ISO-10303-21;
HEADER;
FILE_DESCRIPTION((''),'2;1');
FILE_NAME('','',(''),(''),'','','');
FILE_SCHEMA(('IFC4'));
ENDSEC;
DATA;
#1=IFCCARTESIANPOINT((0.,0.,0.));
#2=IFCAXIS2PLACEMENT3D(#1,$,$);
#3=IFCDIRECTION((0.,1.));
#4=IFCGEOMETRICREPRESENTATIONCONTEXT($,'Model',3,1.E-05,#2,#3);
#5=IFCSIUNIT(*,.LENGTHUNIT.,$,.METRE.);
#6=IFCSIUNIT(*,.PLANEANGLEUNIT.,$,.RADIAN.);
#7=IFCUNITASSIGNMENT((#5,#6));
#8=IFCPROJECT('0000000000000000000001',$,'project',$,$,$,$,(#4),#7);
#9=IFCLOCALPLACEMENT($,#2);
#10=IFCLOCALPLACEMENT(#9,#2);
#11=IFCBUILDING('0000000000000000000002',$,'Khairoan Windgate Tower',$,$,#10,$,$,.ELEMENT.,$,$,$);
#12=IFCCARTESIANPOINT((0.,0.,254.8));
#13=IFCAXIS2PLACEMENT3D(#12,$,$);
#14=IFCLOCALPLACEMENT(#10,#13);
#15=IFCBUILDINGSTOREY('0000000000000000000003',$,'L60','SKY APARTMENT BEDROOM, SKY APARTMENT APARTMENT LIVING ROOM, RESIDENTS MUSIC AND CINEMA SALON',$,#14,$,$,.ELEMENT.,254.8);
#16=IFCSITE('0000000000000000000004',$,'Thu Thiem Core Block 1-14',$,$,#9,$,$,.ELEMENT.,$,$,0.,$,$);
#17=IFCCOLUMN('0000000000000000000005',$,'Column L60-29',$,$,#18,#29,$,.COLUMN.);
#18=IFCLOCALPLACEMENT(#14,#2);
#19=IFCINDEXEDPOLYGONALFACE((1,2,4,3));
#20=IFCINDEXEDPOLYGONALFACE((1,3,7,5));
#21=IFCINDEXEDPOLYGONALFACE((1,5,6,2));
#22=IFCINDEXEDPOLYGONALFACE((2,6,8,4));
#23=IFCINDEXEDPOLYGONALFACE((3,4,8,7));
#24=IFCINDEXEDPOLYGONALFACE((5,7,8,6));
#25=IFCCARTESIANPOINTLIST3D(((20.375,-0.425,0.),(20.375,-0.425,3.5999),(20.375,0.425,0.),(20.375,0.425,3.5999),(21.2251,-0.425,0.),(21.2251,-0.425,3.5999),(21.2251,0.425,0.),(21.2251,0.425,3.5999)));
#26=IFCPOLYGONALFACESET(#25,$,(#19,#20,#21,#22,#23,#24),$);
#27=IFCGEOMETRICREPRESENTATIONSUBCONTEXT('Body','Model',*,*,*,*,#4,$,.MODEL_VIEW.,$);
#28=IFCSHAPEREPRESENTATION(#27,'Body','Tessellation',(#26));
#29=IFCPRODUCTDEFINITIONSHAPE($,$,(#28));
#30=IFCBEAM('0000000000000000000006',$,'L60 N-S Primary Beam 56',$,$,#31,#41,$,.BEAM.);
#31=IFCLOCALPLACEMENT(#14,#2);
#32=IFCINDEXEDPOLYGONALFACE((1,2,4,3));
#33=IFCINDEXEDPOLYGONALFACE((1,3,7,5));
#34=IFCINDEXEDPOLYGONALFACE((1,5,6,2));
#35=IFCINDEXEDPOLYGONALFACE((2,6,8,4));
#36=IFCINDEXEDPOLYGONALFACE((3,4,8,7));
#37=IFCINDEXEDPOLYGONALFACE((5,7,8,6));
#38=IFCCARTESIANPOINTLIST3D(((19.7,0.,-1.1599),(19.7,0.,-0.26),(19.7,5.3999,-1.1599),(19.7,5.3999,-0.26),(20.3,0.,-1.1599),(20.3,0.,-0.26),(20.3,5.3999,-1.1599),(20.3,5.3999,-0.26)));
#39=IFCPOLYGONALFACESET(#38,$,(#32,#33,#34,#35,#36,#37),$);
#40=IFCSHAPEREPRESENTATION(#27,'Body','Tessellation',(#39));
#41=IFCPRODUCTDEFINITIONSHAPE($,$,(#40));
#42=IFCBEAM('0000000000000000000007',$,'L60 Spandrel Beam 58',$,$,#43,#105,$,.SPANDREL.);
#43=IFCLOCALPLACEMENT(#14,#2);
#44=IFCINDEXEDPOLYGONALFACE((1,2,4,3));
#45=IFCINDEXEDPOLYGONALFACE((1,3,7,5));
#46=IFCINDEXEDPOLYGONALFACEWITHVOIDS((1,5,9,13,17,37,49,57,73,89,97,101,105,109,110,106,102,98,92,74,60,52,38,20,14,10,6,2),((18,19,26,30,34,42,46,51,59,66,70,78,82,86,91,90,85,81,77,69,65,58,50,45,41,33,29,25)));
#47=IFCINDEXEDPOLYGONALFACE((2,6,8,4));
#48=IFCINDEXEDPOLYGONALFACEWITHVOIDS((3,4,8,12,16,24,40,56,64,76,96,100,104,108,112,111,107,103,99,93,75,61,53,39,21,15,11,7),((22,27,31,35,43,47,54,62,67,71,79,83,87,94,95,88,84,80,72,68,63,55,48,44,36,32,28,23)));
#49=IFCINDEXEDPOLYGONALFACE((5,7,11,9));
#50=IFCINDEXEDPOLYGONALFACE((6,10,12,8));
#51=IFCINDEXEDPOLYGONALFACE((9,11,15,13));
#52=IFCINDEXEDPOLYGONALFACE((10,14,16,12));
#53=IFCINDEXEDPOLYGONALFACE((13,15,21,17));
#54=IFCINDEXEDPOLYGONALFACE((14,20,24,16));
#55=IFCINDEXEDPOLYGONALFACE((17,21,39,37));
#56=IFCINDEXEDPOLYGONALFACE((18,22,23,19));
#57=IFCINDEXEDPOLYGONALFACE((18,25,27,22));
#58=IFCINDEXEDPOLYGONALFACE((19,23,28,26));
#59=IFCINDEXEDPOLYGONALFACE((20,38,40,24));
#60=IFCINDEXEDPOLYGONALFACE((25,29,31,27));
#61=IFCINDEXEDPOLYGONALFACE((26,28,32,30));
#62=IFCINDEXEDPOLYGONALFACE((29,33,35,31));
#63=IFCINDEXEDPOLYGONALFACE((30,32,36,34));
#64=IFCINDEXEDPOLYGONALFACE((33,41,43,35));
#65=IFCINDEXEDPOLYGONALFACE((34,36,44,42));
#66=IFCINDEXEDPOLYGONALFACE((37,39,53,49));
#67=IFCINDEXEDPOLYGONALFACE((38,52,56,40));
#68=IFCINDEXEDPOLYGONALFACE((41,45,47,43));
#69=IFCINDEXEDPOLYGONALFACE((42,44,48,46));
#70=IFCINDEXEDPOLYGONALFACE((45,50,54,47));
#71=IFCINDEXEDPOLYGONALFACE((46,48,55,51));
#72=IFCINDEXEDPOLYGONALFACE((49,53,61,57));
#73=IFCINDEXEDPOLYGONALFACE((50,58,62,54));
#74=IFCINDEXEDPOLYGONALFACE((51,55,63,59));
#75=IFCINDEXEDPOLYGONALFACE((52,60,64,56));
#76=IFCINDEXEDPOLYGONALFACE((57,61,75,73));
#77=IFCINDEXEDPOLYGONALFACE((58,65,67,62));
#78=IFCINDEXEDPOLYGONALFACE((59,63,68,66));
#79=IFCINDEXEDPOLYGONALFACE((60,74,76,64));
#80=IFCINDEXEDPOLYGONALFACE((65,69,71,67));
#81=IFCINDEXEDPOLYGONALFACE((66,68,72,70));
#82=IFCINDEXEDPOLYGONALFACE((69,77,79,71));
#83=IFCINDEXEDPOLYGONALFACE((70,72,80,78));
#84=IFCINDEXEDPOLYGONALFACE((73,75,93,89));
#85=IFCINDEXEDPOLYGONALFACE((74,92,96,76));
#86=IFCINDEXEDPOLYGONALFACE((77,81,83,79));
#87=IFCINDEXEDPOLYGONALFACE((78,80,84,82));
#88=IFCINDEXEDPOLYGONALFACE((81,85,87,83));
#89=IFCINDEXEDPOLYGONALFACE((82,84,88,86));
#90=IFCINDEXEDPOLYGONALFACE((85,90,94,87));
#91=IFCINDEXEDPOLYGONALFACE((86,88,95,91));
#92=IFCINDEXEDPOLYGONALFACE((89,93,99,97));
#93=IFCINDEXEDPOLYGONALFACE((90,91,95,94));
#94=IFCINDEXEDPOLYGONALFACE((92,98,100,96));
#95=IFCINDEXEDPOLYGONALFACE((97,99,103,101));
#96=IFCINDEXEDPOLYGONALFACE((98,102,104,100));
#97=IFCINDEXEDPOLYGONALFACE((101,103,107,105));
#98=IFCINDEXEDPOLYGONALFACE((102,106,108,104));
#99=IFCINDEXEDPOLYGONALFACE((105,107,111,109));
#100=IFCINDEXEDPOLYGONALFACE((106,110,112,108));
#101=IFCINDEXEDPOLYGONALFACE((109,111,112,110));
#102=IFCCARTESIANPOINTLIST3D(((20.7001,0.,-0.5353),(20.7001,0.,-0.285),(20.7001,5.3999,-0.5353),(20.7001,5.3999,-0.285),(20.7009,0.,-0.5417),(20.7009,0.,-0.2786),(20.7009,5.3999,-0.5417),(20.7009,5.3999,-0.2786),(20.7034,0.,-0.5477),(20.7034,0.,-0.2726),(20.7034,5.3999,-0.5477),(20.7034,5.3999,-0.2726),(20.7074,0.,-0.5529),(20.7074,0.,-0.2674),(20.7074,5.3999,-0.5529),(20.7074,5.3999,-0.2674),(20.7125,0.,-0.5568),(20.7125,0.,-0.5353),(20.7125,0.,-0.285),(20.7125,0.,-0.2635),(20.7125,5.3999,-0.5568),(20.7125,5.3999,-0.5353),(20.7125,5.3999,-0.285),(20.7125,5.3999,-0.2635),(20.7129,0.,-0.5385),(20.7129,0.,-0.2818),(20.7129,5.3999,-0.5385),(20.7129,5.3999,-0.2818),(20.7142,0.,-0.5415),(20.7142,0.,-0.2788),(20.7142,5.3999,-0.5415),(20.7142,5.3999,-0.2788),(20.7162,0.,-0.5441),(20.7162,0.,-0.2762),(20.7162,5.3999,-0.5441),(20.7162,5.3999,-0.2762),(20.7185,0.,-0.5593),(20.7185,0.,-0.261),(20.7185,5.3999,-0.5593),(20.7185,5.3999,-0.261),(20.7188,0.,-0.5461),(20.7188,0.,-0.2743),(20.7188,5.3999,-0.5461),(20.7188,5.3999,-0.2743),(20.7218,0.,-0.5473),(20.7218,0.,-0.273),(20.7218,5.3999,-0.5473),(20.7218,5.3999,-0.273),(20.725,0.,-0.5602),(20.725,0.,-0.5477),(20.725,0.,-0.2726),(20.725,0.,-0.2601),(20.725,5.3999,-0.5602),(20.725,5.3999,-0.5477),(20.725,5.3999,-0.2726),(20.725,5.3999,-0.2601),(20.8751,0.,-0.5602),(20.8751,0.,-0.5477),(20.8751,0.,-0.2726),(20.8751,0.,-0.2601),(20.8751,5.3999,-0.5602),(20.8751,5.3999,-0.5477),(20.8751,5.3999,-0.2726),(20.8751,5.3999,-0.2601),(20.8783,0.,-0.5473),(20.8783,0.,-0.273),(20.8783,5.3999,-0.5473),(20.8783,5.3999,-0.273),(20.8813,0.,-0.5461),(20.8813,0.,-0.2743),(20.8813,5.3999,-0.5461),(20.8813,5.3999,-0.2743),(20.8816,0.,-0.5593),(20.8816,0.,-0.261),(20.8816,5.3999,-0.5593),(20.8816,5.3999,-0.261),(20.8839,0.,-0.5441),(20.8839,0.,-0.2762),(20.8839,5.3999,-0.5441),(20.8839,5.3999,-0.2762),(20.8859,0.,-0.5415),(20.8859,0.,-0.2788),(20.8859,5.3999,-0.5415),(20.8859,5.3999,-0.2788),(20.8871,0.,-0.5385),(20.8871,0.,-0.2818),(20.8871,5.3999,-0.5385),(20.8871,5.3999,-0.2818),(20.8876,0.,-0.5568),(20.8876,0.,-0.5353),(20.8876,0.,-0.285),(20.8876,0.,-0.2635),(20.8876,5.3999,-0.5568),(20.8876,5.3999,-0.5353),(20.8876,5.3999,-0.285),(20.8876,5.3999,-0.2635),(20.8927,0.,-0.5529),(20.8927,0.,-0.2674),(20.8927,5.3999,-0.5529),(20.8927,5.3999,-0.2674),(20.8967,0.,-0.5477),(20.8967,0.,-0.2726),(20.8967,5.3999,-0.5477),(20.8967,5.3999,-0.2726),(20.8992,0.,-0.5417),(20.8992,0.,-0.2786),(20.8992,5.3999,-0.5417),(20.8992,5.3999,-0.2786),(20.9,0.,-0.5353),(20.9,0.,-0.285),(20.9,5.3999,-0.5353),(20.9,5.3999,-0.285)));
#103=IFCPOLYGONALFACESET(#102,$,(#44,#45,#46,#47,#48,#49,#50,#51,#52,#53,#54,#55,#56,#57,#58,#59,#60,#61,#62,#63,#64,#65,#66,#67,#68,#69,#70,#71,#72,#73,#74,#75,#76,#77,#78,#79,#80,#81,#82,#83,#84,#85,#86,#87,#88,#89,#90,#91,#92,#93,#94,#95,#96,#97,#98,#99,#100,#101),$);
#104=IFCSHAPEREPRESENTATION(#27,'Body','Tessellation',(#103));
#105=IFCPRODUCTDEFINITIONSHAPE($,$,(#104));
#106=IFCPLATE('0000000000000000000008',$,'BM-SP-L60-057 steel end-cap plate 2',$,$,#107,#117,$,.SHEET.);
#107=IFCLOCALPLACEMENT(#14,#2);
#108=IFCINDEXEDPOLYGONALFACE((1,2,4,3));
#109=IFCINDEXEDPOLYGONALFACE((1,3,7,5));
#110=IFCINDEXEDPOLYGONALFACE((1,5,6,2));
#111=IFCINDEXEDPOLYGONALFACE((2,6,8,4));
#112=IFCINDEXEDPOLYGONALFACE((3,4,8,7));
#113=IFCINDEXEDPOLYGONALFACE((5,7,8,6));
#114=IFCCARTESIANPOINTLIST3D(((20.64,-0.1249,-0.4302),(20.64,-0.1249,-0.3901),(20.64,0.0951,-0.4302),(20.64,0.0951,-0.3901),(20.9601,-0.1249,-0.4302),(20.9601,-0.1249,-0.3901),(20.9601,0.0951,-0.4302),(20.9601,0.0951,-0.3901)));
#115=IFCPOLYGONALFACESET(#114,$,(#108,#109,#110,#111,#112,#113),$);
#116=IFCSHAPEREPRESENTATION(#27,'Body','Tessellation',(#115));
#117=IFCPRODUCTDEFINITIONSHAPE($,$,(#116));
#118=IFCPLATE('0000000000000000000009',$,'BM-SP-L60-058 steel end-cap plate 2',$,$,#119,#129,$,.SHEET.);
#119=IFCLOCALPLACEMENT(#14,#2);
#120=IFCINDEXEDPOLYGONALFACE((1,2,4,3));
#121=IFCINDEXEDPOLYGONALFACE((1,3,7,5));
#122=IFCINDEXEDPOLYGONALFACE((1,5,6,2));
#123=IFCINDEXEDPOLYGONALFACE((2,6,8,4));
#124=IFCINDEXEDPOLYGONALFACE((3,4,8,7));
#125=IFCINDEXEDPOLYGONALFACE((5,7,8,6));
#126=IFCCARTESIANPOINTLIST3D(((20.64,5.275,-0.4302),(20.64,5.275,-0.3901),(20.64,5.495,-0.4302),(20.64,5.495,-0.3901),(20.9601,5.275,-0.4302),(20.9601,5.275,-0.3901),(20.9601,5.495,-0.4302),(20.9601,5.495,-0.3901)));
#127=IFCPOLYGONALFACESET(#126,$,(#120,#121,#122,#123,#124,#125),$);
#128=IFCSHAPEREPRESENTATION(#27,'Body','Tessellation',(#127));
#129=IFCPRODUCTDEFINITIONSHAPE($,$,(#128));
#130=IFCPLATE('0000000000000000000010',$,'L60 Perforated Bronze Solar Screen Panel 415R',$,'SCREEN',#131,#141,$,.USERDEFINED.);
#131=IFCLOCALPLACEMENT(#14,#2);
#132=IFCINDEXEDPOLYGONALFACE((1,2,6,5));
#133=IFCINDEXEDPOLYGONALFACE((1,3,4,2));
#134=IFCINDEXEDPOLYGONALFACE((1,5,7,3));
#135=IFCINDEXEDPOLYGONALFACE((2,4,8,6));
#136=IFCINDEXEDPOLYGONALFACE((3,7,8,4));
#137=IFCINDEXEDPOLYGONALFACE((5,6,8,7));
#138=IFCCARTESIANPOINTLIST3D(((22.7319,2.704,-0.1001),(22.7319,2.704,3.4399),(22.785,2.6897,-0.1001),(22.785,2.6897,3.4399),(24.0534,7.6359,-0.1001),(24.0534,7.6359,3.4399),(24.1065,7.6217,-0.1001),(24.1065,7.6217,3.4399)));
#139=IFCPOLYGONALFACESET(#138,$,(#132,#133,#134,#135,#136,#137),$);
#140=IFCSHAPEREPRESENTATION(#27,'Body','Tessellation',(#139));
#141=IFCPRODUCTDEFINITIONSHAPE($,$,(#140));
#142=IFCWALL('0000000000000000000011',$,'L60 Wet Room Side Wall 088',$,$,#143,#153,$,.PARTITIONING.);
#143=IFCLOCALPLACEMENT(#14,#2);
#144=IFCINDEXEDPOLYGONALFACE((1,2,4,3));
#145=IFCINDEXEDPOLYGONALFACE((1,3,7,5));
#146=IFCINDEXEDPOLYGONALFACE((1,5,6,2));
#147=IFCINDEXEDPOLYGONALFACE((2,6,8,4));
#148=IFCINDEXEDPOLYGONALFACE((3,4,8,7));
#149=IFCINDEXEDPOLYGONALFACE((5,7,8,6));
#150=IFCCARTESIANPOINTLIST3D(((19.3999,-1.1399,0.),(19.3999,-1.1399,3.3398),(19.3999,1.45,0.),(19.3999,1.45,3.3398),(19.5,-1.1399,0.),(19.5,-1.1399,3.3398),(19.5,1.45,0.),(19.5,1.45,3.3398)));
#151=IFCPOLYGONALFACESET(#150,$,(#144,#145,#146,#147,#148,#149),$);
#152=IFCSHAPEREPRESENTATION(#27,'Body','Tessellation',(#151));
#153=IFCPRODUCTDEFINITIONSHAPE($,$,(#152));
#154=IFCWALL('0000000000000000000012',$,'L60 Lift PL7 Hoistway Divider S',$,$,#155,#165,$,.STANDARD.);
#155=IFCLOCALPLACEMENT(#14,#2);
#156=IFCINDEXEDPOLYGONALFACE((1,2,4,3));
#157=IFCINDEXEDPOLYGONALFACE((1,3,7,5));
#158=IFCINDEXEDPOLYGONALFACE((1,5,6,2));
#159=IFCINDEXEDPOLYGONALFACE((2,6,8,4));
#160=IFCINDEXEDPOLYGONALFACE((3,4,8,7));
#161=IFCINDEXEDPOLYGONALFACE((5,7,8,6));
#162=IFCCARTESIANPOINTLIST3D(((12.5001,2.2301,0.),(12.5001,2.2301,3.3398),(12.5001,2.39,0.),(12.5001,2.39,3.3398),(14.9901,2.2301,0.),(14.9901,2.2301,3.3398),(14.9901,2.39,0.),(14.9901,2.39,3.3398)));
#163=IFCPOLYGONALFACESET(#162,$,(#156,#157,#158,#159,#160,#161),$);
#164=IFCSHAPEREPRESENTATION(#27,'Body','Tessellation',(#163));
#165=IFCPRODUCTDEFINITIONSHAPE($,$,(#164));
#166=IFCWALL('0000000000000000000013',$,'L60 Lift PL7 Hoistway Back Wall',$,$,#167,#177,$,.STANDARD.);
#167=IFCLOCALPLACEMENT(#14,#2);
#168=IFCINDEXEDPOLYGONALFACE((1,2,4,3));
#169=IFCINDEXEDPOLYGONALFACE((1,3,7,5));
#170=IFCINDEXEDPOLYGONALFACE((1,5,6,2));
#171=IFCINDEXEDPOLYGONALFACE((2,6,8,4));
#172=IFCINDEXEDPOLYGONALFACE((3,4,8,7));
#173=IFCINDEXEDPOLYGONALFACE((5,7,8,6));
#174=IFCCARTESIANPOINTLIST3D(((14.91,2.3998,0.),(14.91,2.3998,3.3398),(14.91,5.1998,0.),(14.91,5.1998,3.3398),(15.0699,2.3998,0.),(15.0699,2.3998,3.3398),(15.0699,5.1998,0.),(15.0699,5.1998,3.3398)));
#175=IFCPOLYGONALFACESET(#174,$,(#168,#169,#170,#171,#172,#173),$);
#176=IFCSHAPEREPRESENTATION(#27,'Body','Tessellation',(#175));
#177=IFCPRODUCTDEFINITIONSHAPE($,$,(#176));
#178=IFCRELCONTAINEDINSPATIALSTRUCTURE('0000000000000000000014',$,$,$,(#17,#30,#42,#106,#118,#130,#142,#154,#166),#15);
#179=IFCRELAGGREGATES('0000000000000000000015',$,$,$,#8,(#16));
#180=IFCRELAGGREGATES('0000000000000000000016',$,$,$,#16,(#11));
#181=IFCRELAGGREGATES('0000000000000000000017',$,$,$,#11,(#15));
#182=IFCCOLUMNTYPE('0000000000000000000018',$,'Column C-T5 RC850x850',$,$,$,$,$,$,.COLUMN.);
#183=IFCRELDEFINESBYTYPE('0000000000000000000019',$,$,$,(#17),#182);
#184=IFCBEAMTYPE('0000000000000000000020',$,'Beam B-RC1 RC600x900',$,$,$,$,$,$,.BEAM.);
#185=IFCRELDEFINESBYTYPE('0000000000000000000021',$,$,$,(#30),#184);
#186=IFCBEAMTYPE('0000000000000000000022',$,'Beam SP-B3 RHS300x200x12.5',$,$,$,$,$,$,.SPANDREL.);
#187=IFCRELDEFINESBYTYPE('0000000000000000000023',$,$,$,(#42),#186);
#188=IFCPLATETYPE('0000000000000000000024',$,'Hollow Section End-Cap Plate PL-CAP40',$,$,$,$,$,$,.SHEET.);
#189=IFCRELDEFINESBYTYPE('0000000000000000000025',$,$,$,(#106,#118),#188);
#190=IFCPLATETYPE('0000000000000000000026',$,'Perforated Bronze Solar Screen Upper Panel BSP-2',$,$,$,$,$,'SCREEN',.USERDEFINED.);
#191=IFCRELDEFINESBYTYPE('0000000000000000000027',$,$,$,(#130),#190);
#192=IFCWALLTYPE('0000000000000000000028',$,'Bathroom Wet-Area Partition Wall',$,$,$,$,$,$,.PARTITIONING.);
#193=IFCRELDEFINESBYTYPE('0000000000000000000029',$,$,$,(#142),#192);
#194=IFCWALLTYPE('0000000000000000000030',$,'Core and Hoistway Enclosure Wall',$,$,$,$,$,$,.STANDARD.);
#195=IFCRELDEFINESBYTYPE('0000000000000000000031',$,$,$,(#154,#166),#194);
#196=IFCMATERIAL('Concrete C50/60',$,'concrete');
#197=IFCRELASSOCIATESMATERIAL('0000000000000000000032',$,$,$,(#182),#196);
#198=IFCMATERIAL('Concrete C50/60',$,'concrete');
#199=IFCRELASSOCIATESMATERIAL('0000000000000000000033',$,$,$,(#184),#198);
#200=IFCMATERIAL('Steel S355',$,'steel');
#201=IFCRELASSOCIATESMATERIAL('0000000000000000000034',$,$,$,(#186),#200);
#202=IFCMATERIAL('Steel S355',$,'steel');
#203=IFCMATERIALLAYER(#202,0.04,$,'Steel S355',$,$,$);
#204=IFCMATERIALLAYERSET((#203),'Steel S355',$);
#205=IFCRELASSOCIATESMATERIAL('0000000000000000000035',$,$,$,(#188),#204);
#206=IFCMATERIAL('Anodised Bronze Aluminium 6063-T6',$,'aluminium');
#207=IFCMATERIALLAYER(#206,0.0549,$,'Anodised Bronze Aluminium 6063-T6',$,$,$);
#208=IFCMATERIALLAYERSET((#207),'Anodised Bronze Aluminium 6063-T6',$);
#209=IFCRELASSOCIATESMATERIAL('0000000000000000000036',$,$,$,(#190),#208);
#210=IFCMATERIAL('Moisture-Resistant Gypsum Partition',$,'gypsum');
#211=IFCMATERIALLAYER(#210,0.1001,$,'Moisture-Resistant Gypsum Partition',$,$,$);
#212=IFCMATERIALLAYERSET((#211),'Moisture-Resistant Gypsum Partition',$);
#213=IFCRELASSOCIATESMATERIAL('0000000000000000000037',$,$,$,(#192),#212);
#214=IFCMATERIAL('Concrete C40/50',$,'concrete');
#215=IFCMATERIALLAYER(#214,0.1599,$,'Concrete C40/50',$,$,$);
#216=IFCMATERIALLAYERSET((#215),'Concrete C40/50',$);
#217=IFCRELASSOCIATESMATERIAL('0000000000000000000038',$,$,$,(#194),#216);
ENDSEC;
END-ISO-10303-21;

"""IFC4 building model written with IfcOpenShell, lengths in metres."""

from ifc_helpers import new_model, si_unit, direction, frame, frame_2d, origin, origin_2d, place, context, subcontext, project, spatial, rectangle, hollow_rectangle, extrude, material, layer, layer_set, material_profile, profile_set, type_object, element, save


model = new_model("IFC4")

# Units and contexts
model_context = context("Model", 3, precision=1e-05, world=origin(), true_north=direction((0.0, 1.0)))
body_context = subcontext(model_context, "Body", "Model", "MODEL_VIEW")
ifc_project = project(units=[si_unit("LENGTHUNIT", "METRE"), si_unit("PLANEANGLEUNIT", "RADIAN")], contexts=[model_context])

# Site, building, storey
site_placement = place(None, origin())
site = spatial("IfcSite", under=ifc_project, at=site_placement, Name="Thu Thiem Core Block 1-14", CompositionType="ELEMENT", RefElevation=0.0)
building_placement = place(site_placement, origin())
building = spatial("IfcBuilding", under=site, at=building_placement, Name="Khairoan Windgate Tower", CompositionType="ELEMENT")
storey_placement = place(building_placement, frame((0.0, 0.0, 254.8)))
storey = spatial("IfcBuildingStorey", under=building, at=storey_placement, Name="L60", Description="SKY APARTMENT BEDROOM, SKY APARTMENT APARTMENT LIVING ROOM, RESIDENTS MUSIC AND CINEMA SALON", CompositionType="ELEMENT", Elevation=254.8)

# Column
ifc_material_1 = material(Name="Concrete C50/60", Category="concrete")
ifc_material_profile_1 = material_profile(ifc_material_1, rectangle(XDim=0.8501, YDim=0.8501, at=origin_2d()))
ifc_profile_set_1 = profile_set([ifc_material_profile_1], Name="Concrete C50/60")
column_type = type_object("IfcColumnType", Name="Column C-T5 RC850x850", PredefinedType="COLUMN", material=ifc_profile_set_1)
column_placement = place(storey_placement, frame((20.8, 0.0, 0.0), z_axis=(0.0, 0.0, 1.0), x_axis=(1.0, 0.0, 0.0)))
element("IfcColumn", 1, at=column_placement, inside=storey, type_object=column_type, Name="Column L60-29", PredefinedType="COLUMN", context=body_context, shape_type="SweptSolid", body=[
    extrude(rectangle(XDim=0.8501, YDim=0.8501, at=origin_2d()), origin(), (0.0, 0.0, 1.0), 3.5999),
])

# Beams
ifc_material_2 = material(Name="Concrete C50/60", Category="concrete")
ifc_material_profile_2 = material_profile(ifc_material_2, rectangle(XDim=0.6001, YDim=0.8999, at=origin_2d()))
ifc_profile_set_2 = profile_set([ifc_material_profile_2], Name="Concrete C50/60")
beam_type_1 = type_object("IfcBeamType", Name="Beam B-RC1 RC600x900", PredefinedType="BEAM", material=ifc_profile_set_2)
beam_1_placement = place(storey_placement, frame((20.0, 0.0, -0.71), z_axis=(0.0, 1.0, 0.0), x_axis=(-1.0, 0.0, 0.0)))
element("IfcBeam", 2, at=beam_1_placement, inside=storey, type_object=beam_type_1, Name="L60 N-S Primary Beam 56", PredefinedType="BEAM", context=body_context, shape_type="SweptSolid", body=[
    extrude(rectangle(XDim=0.6001, YDim=0.8999, at=origin_2d()), origin(), (0.0, 0.0, 1.0), 5.3999),
])
ifc_material_3 = material(Name="Steel S355", Category="steel")
ifc_material_profile_3 = material_profile(ifc_material_3, hollow_rectangle(XDim=0.2, YDim=0.3, WallThickness=0.0125, InnerFilletRadius=0.0125, OuterFilletRadius=0.0249, at=origin_2d()))
ifc_profile_set_3 = profile_set([ifc_material_profile_3], Name="Steel S355")
beam_type_2 = type_object("IfcBeamType", Name="Beam SP-B3 RHS300x200x12.5", PredefinedType="SPANDREL", material=ifc_profile_set_3)
beam_2_placement = place(storey_placement, frame((20.8, 0.0, -0.4102), z_axis=(0.0, 1.0, 0.0), x_axis=(-1.0, 0.0, 0.0)))
element("IfcBeam", 3, at=beam_2_placement, inside=storey, type_object=beam_type_2, Name="L60 Spandrel Beam 58", PredefinedType="SPANDREL", context=body_context, shape_type="SweptSolid", body=[
    extrude(hollow_rectangle(XDim=0.2, YDim=0.3, WallThickness=0.0125, InnerFilletRadius=0.0125, OuterFilletRadius=0.0249, at=origin_2d()), origin(), (0.0, 0.0, 1.0), 5.3999),
])

# Plates
ifc_material_4 = material(Name="Steel S355", Category="steel")
ifc_layer_1 = layer(ifc_material_4, 0.04, Name="Steel S355")
ifc_layer_set_1 = layer_set([ifc_layer_1], Name="Steel S355")
plate_type_1 = type_object("IfcPlateType", Name="Hollow Section End-Cap Plate PL-CAP40", PredefinedType="SHEET", material=ifc_layer_set_1)
for number, where, z_axis, x_axis, name in (
    (4, (20.8, -0.0149, -0.4302), (0.0, 0.0, 1.0), (0.0, 1.0, 0.0), "BM-SP-L60-057 steel end-cap plate 2"),
    (5, (20.8, 5.385, -0.4302), (0.0, 0.0, 1.0), (0.0, 1.0, 0.0), "BM-SP-L60-058 steel end-cap plate 2"),
):
    element("IfcPlate", number, at=place(storey_placement, frame(where, z_axis=z_axis, x_axis=x_axis)), inside=storey, type_object=plate_type_1, Name=name, PredefinedType="SHEET", context=body_context, shape_type="SweptSolid", body=[
        extrude(rectangle(XDim=0.22, YDim=0.3201, at=origin_2d()), origin(), (0.0, 0.0, 1.0), 0.04),
    ])
ifc_material_5 = material(Name="Anodised Bronze Aluminium 6063-T6", Category="aluminium")
ifc_layer_2 = layer(ifc_material_5, 0.0549, Name="Anodised Bronze Aluminium 6063-T6")
ifc_layer_set_2 = layer_set([ifc_layer_2], Name="Anodised Bronze Aluminium 6063-T6")
plate_type_2 = type_object("IfcPlateType", Name="Perforated Bronze Solar Screen Upper Panel BSP-2", ElementType="SCREEN", PredefinedType="USERDEFINED", material=ifc_layer_set_2)
plate_placement = place(storey_placement, frame((23.4192, 5.1628, -0.1001), z_axis=(0.0, 0.0, 1.0), x_axis=(-0.258819, -0.965926, 0.0)))
element("IfcPlate", 6, at=plate_placement, inside=storey, type_object=plate_type_2, Name="L60 Perforated Bronze Solar Screen Panel 415R", ObjectType="SCREEN", PredefinedType="USERDEFINED", context=body_context, shape_type="SweptSolid", body=[
    extrude(rectangle(XDim=5.106, YDim=0.0549, at=origin_2d()), origin(), (0.0, 0.0, 1.0), 3.54),
])

# Walls
ifc_material_6 = material(Name="Moisture-Resistant Gypsum Partition", Category="gypsum")
ifc_layer_3 = layer(ifc_material_6, 0.1001, Name="Moisture-Resistant Gypsum Partition")
ifc_layer_set_3 = layer_set([ifc_layer_3], Name="Moisture-Resistant Gypsum Partition")
wall_type_1 = type_object("IfcWallType", Name="Bathroom Wet-Area Partition Wall", PredefinedType="PARTITIONING", material=ifc_layer_set_3)
wall_1_placement = place(storey_placement, frame((19.45, 1.45, 0.0), z_axis=(0.0, 0.0, 1.0), x_axis=(0.0, -1.0, 0.0)))
element("IfcWall", 7, at=wall_1_placement, inside=storey, type_object=wall_type_1, Name="L60 Wet Room Side Wall 088", PredefinedType="PARTITIONING", context=body_context, shape_type="SweptSolid", body=[
    extrude(rectangle(XDim=2.5898, YDim=0.1001, at=frame_2d((1.2949, 0.0))), origin(), (0.0, 0.0, 1.0), 3.3398),
])
ifc_material_7 = material(Name="Concrete C40/50", Category="concrete")
ifc_layer_4 = layer(ifc_material_7, 0.1599, Name="Concrete C40/50")
ifc_layer_set_4 = layer_set([ifc_layer_4], Name="Concrete C40/50")
wall_type_2 = type_object("IfcWallType", Name="Core and Hoistway Enclosure Wall", PredefinedType="STANDARD", material=ifc_layer_set_4)
wall_2_placement = place(storey_placement, frame((12.5, 2.3101, 0.0), z_axis=(0.0, 0.0, 1.0), x_axis=(1.0, 0.0, 0.0)))
element("IfcWall", 8, at=wall_2_placement, inside=storey, type_object=wall_type_2, Name="L60 Lift PL7 Hoistway Divider S", PredefinedType="STANDARD", context=body_context, shape_type="SweptSolid", body=[
    extrude(rectangle(XDim=2.49, YDim=0.1599, at=frame_2d((1.2451, 0.0))), origin(), (0.0, 0.0, 1.0), 3.3398),
])
wall_3_placement = place(storey_placement, frame((14.99, 2.3999, 0.0), z_axis=(0.0, 0.0, 1.0), x_axis=(0.0, 1.0, 0.0)))
element("IfcWall", 9, at=wall_3_placement, inside=storey, type_object=wall_type_2, Name="L60 Lift PL7 Hoistway Back Wall", PredefinedType="STANDARD", context=body_context, shape_type="SweptSolid", body=[
    extrude(rectangle(XDim=2.8, YDim=0.1599, at=frame_2d((1.3999, 0.0))), origin(), (0.0, 0.0, 1.0), 3.3398),
])

save(model, "model.ifc")
